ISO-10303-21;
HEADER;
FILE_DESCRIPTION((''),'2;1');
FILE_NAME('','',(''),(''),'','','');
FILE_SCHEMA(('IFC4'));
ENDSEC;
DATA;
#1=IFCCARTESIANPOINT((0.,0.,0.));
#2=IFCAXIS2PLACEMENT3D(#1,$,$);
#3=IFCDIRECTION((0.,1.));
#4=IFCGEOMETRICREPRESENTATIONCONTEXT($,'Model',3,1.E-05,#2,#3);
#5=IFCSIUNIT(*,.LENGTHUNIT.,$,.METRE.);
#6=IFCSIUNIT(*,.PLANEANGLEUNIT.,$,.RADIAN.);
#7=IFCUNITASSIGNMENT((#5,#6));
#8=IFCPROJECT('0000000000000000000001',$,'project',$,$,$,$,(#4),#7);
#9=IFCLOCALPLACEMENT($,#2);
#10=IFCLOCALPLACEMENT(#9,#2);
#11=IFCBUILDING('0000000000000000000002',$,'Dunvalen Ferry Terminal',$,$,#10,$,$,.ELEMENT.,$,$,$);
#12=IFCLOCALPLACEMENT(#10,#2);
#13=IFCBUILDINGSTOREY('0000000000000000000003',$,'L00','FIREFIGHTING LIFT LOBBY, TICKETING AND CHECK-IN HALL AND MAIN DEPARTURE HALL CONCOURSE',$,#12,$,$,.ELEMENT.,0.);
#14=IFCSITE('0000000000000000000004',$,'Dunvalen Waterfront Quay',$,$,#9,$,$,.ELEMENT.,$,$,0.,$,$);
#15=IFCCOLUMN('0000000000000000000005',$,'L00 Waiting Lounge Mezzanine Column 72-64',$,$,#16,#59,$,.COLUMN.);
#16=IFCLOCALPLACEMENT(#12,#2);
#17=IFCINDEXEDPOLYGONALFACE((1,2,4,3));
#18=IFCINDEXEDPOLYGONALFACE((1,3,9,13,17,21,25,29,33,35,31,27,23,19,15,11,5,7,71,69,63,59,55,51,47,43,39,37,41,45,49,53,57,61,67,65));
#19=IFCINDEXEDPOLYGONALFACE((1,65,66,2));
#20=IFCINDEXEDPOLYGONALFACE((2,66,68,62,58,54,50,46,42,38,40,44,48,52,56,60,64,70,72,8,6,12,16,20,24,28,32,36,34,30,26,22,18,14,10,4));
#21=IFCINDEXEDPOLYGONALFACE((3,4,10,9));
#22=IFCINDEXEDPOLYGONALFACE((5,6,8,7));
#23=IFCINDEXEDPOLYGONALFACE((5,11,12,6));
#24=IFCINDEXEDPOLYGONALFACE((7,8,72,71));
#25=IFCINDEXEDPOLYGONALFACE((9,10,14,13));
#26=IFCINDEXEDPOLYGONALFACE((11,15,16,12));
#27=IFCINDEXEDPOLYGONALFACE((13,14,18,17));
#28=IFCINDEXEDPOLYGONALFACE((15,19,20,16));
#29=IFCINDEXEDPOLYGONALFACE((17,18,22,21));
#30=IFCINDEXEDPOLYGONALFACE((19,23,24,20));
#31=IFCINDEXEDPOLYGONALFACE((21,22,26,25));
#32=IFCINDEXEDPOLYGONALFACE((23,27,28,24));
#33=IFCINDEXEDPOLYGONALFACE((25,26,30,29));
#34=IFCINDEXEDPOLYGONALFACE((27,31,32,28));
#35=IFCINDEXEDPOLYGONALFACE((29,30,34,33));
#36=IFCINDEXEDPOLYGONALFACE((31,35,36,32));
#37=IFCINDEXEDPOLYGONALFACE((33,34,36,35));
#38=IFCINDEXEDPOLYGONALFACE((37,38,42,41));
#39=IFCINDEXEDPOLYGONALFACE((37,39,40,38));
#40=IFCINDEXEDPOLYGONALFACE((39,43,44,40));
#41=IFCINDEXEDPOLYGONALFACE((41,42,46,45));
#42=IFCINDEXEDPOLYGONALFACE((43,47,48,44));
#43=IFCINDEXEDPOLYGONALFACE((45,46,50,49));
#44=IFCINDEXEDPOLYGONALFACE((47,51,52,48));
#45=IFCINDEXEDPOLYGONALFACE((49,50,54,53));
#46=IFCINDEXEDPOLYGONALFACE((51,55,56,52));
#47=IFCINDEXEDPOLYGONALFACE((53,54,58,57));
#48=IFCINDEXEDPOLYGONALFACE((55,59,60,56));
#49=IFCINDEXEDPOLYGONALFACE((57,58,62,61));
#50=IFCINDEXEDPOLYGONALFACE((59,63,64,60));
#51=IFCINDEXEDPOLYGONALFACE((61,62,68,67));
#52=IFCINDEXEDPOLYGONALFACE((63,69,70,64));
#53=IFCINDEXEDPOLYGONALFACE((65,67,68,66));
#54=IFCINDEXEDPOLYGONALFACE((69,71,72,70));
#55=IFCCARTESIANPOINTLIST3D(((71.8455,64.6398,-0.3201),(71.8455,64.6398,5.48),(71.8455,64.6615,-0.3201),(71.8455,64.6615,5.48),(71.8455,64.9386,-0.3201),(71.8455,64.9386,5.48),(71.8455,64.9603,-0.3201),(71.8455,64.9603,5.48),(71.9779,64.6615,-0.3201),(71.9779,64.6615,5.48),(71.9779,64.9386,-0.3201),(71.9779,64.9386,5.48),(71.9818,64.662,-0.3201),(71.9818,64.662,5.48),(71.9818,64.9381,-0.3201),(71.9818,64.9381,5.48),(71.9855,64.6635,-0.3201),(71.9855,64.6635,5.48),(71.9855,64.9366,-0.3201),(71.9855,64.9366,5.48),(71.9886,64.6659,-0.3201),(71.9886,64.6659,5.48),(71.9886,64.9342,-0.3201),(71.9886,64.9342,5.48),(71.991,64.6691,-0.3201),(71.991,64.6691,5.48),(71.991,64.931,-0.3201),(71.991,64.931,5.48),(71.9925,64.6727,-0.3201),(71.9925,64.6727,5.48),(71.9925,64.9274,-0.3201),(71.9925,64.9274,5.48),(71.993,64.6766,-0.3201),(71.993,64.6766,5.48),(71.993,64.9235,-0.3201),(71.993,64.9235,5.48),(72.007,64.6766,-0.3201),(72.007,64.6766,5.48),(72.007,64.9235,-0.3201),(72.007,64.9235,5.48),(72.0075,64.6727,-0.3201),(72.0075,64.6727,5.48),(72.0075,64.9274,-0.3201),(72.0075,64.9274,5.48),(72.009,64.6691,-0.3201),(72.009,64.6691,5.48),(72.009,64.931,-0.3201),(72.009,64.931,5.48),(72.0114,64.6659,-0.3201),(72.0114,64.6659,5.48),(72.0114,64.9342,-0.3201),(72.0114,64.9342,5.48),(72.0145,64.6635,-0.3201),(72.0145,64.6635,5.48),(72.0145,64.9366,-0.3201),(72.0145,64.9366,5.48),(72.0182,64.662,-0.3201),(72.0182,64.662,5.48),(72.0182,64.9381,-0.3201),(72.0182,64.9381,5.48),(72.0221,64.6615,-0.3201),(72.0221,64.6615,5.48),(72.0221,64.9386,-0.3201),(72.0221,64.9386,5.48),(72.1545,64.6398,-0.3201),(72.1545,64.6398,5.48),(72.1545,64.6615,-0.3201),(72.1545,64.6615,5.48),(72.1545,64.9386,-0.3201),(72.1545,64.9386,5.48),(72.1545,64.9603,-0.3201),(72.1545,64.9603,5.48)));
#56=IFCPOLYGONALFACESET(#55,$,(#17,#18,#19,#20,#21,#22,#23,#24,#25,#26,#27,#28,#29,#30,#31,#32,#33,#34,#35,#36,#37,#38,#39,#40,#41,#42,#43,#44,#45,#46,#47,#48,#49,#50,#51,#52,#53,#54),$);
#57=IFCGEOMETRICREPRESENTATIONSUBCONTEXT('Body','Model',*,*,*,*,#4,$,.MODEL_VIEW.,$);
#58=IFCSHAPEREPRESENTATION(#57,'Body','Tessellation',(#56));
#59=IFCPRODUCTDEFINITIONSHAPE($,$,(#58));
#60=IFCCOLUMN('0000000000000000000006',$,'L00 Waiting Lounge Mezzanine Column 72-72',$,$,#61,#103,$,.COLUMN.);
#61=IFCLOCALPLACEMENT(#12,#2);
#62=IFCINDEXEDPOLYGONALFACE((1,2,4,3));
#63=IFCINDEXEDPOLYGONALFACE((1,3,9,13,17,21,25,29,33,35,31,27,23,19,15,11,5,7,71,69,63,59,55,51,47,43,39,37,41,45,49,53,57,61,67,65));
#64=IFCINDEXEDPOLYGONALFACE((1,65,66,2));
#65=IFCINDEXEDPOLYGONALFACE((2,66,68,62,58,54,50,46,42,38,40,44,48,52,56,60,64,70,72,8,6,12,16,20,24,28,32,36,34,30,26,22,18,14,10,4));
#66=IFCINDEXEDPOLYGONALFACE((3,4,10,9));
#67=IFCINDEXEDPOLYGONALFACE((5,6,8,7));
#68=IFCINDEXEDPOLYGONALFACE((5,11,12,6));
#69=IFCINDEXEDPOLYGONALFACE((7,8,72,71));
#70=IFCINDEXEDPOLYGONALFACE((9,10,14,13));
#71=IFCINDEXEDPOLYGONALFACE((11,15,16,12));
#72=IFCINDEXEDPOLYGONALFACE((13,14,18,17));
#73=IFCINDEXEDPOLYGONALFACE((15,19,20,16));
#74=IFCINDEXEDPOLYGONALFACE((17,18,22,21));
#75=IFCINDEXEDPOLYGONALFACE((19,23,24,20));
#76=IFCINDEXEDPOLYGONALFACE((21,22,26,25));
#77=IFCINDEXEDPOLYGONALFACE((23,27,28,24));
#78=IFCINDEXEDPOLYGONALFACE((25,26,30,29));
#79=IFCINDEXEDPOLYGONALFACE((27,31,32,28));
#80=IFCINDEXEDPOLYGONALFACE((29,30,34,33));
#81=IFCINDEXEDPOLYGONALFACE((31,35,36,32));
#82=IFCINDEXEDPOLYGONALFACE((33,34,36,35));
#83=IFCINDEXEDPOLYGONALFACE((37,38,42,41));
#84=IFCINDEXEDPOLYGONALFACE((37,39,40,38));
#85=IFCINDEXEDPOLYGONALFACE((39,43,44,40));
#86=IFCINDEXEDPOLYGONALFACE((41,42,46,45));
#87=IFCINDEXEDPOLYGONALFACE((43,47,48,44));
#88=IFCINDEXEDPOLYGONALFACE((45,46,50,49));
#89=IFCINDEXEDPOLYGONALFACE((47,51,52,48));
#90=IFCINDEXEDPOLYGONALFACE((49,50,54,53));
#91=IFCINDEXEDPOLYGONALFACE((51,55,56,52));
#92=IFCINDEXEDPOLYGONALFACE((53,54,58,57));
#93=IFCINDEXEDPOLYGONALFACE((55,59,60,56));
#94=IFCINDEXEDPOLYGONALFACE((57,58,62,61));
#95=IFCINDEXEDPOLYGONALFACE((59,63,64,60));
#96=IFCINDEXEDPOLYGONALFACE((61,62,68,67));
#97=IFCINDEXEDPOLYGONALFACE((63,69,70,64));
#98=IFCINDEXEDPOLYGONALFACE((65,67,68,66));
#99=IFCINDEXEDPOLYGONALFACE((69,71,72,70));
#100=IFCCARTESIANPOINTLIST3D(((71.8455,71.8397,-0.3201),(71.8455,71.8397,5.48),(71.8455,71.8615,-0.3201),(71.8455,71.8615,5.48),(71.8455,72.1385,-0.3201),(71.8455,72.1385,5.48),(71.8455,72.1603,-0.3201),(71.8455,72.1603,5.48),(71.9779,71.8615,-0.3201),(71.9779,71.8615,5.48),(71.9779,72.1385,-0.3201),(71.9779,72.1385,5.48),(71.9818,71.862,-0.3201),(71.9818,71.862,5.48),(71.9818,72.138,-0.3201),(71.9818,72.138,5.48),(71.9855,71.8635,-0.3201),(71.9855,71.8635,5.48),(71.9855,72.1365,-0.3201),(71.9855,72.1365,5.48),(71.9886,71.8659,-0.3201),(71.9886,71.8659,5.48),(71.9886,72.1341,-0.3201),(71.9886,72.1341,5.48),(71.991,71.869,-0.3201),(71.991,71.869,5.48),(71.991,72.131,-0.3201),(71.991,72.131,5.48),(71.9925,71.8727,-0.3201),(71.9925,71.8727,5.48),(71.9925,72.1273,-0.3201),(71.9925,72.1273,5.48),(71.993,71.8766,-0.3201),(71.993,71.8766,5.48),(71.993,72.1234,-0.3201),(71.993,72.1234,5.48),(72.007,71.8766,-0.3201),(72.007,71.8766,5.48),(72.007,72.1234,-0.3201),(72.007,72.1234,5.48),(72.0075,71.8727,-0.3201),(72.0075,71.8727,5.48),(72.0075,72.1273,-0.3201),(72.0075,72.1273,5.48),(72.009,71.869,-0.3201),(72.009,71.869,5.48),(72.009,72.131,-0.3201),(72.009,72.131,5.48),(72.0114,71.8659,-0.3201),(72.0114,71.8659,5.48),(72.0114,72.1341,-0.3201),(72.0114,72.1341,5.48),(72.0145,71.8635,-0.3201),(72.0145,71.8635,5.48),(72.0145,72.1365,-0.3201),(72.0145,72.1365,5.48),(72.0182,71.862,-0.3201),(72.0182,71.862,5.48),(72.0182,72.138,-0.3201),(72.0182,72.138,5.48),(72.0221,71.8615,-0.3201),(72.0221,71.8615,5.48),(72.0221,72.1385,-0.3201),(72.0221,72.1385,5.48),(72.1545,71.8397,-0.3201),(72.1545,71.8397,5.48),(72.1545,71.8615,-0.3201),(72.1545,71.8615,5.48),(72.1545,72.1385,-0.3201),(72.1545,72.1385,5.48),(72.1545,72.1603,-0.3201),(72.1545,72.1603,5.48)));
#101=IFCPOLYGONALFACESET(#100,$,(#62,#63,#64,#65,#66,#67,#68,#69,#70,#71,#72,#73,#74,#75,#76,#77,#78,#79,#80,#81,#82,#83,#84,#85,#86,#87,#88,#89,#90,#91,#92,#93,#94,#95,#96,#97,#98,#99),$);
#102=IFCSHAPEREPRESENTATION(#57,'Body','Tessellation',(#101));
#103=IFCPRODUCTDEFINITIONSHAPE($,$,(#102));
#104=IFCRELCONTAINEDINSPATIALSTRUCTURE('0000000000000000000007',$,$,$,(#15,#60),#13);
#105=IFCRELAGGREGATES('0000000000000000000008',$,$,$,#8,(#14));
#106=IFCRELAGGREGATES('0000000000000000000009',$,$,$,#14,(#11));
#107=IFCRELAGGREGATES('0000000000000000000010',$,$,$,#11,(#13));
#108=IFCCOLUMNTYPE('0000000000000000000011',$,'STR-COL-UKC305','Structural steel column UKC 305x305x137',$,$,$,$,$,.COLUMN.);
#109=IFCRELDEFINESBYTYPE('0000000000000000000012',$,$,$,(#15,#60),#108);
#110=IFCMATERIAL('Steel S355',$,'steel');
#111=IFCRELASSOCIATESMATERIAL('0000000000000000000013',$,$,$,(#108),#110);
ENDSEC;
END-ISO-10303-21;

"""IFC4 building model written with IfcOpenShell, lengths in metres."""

from ifc_helpers import new_model, si_unit, direction, frame, origin, origin_2d, place, context, subcontext, project, spatial, i_section, extrude, material, material_profile, profile_set, type_object, element, save


model = new_model("IFC4")

# Units and contexts
model_context = context("Model", 3, precision=1e-05, world=origin(), true_north=direction((0.0, 1.0)))
body_context = subcontext(model_context, "Body", "Model", "MODEL_VIEW")
ifc_project = project(units=[si_unit("LENGTHUNIT", "METRE"), si_unit("PLANEANGLEUNIT", "RADIAN")], contexts=[model_context])

# Site, building, storey
site_placement = place(None, origin())
site = spatial("IfcSite", under=ifc_project, at=site_placement, Name="Dunvalen Waterfront Quay", CompositionType="ELEMENT", RefElevation=0.0)
building_placement = place(site_placement, origin())
building = spatial("IfcBuilding", under=site, at=building_placement, Name="Dunvalen Ferry Terminal", CompositionType="ELEMENT")
storey_placement = place(building_placement, origin())
storey = spatial("IfcBuildingStorey", under=building, at=storey_placement, Name="L00", Description="FIREFIGHTING LIFT LOBBY, TICKETING AND CHECK-IN HALL AND MAIN DEPARTURE HALL CONCOURSE", CompositionType="ELEMENT", Elevation=0.0)

# Columns
ifc_material_1 = material(Name="Steel S355", Category="steel")
ifc_material_profile_1 = material_profile(ifc_material_1, i_section(OverallWidth=0.3091, OverallDepth=0.3206, WebThickness=0.0139, FlangeThickness=0.0217, FilletRadius=0.0151, at=origin_2d()), Name="Steel S355")
ifc_profile_set_1 = profile_set([ifc_material_profile_1], Name="Steel S355")
column_type_1 = type_object("IfcColumnType", Name="STR-COL-UKC305", Description="Structural steel column UKC 305x305x137", PredefinedType="COLUMN", material=ifc_profile_set_1)
for number, where, z_axis, x_axis, name in (
    (1, (72.0, 64.8, -0.3201), (0.0, 0.0, 1.0), (1.0, 0.0, 0.0), "L00 Waiting Lounge Mezzanine Column 72-64"),
    (2, (72.0, 72.0, -0.3201), (0.0, 0.0, 1.0), (1.0, 0.0, 0.0), "L00 Waiting Lounge Mezzanine Column 72-72"),
):
    element("IfcColumn", number, at=place(storey_placement, frame(where, z_axis=z_axis, x_axis=x_axis)), inside=storey, type_object=column_type_1, Name=name, PredefinedType="COLUMN", context=body_context, shape_type="SweptSolid", body=[
        extrude(i_section(OverallWidth=0.3091, OverallDepth=0.3206, WebThickness=0.0139, FlangeThickness=0.0217, FilletRadius=0.0151, at=origin_2d()), origin(), (0.0, 0.0, 1.0), 5.8),
    ])

save(model, "model.ifc")
